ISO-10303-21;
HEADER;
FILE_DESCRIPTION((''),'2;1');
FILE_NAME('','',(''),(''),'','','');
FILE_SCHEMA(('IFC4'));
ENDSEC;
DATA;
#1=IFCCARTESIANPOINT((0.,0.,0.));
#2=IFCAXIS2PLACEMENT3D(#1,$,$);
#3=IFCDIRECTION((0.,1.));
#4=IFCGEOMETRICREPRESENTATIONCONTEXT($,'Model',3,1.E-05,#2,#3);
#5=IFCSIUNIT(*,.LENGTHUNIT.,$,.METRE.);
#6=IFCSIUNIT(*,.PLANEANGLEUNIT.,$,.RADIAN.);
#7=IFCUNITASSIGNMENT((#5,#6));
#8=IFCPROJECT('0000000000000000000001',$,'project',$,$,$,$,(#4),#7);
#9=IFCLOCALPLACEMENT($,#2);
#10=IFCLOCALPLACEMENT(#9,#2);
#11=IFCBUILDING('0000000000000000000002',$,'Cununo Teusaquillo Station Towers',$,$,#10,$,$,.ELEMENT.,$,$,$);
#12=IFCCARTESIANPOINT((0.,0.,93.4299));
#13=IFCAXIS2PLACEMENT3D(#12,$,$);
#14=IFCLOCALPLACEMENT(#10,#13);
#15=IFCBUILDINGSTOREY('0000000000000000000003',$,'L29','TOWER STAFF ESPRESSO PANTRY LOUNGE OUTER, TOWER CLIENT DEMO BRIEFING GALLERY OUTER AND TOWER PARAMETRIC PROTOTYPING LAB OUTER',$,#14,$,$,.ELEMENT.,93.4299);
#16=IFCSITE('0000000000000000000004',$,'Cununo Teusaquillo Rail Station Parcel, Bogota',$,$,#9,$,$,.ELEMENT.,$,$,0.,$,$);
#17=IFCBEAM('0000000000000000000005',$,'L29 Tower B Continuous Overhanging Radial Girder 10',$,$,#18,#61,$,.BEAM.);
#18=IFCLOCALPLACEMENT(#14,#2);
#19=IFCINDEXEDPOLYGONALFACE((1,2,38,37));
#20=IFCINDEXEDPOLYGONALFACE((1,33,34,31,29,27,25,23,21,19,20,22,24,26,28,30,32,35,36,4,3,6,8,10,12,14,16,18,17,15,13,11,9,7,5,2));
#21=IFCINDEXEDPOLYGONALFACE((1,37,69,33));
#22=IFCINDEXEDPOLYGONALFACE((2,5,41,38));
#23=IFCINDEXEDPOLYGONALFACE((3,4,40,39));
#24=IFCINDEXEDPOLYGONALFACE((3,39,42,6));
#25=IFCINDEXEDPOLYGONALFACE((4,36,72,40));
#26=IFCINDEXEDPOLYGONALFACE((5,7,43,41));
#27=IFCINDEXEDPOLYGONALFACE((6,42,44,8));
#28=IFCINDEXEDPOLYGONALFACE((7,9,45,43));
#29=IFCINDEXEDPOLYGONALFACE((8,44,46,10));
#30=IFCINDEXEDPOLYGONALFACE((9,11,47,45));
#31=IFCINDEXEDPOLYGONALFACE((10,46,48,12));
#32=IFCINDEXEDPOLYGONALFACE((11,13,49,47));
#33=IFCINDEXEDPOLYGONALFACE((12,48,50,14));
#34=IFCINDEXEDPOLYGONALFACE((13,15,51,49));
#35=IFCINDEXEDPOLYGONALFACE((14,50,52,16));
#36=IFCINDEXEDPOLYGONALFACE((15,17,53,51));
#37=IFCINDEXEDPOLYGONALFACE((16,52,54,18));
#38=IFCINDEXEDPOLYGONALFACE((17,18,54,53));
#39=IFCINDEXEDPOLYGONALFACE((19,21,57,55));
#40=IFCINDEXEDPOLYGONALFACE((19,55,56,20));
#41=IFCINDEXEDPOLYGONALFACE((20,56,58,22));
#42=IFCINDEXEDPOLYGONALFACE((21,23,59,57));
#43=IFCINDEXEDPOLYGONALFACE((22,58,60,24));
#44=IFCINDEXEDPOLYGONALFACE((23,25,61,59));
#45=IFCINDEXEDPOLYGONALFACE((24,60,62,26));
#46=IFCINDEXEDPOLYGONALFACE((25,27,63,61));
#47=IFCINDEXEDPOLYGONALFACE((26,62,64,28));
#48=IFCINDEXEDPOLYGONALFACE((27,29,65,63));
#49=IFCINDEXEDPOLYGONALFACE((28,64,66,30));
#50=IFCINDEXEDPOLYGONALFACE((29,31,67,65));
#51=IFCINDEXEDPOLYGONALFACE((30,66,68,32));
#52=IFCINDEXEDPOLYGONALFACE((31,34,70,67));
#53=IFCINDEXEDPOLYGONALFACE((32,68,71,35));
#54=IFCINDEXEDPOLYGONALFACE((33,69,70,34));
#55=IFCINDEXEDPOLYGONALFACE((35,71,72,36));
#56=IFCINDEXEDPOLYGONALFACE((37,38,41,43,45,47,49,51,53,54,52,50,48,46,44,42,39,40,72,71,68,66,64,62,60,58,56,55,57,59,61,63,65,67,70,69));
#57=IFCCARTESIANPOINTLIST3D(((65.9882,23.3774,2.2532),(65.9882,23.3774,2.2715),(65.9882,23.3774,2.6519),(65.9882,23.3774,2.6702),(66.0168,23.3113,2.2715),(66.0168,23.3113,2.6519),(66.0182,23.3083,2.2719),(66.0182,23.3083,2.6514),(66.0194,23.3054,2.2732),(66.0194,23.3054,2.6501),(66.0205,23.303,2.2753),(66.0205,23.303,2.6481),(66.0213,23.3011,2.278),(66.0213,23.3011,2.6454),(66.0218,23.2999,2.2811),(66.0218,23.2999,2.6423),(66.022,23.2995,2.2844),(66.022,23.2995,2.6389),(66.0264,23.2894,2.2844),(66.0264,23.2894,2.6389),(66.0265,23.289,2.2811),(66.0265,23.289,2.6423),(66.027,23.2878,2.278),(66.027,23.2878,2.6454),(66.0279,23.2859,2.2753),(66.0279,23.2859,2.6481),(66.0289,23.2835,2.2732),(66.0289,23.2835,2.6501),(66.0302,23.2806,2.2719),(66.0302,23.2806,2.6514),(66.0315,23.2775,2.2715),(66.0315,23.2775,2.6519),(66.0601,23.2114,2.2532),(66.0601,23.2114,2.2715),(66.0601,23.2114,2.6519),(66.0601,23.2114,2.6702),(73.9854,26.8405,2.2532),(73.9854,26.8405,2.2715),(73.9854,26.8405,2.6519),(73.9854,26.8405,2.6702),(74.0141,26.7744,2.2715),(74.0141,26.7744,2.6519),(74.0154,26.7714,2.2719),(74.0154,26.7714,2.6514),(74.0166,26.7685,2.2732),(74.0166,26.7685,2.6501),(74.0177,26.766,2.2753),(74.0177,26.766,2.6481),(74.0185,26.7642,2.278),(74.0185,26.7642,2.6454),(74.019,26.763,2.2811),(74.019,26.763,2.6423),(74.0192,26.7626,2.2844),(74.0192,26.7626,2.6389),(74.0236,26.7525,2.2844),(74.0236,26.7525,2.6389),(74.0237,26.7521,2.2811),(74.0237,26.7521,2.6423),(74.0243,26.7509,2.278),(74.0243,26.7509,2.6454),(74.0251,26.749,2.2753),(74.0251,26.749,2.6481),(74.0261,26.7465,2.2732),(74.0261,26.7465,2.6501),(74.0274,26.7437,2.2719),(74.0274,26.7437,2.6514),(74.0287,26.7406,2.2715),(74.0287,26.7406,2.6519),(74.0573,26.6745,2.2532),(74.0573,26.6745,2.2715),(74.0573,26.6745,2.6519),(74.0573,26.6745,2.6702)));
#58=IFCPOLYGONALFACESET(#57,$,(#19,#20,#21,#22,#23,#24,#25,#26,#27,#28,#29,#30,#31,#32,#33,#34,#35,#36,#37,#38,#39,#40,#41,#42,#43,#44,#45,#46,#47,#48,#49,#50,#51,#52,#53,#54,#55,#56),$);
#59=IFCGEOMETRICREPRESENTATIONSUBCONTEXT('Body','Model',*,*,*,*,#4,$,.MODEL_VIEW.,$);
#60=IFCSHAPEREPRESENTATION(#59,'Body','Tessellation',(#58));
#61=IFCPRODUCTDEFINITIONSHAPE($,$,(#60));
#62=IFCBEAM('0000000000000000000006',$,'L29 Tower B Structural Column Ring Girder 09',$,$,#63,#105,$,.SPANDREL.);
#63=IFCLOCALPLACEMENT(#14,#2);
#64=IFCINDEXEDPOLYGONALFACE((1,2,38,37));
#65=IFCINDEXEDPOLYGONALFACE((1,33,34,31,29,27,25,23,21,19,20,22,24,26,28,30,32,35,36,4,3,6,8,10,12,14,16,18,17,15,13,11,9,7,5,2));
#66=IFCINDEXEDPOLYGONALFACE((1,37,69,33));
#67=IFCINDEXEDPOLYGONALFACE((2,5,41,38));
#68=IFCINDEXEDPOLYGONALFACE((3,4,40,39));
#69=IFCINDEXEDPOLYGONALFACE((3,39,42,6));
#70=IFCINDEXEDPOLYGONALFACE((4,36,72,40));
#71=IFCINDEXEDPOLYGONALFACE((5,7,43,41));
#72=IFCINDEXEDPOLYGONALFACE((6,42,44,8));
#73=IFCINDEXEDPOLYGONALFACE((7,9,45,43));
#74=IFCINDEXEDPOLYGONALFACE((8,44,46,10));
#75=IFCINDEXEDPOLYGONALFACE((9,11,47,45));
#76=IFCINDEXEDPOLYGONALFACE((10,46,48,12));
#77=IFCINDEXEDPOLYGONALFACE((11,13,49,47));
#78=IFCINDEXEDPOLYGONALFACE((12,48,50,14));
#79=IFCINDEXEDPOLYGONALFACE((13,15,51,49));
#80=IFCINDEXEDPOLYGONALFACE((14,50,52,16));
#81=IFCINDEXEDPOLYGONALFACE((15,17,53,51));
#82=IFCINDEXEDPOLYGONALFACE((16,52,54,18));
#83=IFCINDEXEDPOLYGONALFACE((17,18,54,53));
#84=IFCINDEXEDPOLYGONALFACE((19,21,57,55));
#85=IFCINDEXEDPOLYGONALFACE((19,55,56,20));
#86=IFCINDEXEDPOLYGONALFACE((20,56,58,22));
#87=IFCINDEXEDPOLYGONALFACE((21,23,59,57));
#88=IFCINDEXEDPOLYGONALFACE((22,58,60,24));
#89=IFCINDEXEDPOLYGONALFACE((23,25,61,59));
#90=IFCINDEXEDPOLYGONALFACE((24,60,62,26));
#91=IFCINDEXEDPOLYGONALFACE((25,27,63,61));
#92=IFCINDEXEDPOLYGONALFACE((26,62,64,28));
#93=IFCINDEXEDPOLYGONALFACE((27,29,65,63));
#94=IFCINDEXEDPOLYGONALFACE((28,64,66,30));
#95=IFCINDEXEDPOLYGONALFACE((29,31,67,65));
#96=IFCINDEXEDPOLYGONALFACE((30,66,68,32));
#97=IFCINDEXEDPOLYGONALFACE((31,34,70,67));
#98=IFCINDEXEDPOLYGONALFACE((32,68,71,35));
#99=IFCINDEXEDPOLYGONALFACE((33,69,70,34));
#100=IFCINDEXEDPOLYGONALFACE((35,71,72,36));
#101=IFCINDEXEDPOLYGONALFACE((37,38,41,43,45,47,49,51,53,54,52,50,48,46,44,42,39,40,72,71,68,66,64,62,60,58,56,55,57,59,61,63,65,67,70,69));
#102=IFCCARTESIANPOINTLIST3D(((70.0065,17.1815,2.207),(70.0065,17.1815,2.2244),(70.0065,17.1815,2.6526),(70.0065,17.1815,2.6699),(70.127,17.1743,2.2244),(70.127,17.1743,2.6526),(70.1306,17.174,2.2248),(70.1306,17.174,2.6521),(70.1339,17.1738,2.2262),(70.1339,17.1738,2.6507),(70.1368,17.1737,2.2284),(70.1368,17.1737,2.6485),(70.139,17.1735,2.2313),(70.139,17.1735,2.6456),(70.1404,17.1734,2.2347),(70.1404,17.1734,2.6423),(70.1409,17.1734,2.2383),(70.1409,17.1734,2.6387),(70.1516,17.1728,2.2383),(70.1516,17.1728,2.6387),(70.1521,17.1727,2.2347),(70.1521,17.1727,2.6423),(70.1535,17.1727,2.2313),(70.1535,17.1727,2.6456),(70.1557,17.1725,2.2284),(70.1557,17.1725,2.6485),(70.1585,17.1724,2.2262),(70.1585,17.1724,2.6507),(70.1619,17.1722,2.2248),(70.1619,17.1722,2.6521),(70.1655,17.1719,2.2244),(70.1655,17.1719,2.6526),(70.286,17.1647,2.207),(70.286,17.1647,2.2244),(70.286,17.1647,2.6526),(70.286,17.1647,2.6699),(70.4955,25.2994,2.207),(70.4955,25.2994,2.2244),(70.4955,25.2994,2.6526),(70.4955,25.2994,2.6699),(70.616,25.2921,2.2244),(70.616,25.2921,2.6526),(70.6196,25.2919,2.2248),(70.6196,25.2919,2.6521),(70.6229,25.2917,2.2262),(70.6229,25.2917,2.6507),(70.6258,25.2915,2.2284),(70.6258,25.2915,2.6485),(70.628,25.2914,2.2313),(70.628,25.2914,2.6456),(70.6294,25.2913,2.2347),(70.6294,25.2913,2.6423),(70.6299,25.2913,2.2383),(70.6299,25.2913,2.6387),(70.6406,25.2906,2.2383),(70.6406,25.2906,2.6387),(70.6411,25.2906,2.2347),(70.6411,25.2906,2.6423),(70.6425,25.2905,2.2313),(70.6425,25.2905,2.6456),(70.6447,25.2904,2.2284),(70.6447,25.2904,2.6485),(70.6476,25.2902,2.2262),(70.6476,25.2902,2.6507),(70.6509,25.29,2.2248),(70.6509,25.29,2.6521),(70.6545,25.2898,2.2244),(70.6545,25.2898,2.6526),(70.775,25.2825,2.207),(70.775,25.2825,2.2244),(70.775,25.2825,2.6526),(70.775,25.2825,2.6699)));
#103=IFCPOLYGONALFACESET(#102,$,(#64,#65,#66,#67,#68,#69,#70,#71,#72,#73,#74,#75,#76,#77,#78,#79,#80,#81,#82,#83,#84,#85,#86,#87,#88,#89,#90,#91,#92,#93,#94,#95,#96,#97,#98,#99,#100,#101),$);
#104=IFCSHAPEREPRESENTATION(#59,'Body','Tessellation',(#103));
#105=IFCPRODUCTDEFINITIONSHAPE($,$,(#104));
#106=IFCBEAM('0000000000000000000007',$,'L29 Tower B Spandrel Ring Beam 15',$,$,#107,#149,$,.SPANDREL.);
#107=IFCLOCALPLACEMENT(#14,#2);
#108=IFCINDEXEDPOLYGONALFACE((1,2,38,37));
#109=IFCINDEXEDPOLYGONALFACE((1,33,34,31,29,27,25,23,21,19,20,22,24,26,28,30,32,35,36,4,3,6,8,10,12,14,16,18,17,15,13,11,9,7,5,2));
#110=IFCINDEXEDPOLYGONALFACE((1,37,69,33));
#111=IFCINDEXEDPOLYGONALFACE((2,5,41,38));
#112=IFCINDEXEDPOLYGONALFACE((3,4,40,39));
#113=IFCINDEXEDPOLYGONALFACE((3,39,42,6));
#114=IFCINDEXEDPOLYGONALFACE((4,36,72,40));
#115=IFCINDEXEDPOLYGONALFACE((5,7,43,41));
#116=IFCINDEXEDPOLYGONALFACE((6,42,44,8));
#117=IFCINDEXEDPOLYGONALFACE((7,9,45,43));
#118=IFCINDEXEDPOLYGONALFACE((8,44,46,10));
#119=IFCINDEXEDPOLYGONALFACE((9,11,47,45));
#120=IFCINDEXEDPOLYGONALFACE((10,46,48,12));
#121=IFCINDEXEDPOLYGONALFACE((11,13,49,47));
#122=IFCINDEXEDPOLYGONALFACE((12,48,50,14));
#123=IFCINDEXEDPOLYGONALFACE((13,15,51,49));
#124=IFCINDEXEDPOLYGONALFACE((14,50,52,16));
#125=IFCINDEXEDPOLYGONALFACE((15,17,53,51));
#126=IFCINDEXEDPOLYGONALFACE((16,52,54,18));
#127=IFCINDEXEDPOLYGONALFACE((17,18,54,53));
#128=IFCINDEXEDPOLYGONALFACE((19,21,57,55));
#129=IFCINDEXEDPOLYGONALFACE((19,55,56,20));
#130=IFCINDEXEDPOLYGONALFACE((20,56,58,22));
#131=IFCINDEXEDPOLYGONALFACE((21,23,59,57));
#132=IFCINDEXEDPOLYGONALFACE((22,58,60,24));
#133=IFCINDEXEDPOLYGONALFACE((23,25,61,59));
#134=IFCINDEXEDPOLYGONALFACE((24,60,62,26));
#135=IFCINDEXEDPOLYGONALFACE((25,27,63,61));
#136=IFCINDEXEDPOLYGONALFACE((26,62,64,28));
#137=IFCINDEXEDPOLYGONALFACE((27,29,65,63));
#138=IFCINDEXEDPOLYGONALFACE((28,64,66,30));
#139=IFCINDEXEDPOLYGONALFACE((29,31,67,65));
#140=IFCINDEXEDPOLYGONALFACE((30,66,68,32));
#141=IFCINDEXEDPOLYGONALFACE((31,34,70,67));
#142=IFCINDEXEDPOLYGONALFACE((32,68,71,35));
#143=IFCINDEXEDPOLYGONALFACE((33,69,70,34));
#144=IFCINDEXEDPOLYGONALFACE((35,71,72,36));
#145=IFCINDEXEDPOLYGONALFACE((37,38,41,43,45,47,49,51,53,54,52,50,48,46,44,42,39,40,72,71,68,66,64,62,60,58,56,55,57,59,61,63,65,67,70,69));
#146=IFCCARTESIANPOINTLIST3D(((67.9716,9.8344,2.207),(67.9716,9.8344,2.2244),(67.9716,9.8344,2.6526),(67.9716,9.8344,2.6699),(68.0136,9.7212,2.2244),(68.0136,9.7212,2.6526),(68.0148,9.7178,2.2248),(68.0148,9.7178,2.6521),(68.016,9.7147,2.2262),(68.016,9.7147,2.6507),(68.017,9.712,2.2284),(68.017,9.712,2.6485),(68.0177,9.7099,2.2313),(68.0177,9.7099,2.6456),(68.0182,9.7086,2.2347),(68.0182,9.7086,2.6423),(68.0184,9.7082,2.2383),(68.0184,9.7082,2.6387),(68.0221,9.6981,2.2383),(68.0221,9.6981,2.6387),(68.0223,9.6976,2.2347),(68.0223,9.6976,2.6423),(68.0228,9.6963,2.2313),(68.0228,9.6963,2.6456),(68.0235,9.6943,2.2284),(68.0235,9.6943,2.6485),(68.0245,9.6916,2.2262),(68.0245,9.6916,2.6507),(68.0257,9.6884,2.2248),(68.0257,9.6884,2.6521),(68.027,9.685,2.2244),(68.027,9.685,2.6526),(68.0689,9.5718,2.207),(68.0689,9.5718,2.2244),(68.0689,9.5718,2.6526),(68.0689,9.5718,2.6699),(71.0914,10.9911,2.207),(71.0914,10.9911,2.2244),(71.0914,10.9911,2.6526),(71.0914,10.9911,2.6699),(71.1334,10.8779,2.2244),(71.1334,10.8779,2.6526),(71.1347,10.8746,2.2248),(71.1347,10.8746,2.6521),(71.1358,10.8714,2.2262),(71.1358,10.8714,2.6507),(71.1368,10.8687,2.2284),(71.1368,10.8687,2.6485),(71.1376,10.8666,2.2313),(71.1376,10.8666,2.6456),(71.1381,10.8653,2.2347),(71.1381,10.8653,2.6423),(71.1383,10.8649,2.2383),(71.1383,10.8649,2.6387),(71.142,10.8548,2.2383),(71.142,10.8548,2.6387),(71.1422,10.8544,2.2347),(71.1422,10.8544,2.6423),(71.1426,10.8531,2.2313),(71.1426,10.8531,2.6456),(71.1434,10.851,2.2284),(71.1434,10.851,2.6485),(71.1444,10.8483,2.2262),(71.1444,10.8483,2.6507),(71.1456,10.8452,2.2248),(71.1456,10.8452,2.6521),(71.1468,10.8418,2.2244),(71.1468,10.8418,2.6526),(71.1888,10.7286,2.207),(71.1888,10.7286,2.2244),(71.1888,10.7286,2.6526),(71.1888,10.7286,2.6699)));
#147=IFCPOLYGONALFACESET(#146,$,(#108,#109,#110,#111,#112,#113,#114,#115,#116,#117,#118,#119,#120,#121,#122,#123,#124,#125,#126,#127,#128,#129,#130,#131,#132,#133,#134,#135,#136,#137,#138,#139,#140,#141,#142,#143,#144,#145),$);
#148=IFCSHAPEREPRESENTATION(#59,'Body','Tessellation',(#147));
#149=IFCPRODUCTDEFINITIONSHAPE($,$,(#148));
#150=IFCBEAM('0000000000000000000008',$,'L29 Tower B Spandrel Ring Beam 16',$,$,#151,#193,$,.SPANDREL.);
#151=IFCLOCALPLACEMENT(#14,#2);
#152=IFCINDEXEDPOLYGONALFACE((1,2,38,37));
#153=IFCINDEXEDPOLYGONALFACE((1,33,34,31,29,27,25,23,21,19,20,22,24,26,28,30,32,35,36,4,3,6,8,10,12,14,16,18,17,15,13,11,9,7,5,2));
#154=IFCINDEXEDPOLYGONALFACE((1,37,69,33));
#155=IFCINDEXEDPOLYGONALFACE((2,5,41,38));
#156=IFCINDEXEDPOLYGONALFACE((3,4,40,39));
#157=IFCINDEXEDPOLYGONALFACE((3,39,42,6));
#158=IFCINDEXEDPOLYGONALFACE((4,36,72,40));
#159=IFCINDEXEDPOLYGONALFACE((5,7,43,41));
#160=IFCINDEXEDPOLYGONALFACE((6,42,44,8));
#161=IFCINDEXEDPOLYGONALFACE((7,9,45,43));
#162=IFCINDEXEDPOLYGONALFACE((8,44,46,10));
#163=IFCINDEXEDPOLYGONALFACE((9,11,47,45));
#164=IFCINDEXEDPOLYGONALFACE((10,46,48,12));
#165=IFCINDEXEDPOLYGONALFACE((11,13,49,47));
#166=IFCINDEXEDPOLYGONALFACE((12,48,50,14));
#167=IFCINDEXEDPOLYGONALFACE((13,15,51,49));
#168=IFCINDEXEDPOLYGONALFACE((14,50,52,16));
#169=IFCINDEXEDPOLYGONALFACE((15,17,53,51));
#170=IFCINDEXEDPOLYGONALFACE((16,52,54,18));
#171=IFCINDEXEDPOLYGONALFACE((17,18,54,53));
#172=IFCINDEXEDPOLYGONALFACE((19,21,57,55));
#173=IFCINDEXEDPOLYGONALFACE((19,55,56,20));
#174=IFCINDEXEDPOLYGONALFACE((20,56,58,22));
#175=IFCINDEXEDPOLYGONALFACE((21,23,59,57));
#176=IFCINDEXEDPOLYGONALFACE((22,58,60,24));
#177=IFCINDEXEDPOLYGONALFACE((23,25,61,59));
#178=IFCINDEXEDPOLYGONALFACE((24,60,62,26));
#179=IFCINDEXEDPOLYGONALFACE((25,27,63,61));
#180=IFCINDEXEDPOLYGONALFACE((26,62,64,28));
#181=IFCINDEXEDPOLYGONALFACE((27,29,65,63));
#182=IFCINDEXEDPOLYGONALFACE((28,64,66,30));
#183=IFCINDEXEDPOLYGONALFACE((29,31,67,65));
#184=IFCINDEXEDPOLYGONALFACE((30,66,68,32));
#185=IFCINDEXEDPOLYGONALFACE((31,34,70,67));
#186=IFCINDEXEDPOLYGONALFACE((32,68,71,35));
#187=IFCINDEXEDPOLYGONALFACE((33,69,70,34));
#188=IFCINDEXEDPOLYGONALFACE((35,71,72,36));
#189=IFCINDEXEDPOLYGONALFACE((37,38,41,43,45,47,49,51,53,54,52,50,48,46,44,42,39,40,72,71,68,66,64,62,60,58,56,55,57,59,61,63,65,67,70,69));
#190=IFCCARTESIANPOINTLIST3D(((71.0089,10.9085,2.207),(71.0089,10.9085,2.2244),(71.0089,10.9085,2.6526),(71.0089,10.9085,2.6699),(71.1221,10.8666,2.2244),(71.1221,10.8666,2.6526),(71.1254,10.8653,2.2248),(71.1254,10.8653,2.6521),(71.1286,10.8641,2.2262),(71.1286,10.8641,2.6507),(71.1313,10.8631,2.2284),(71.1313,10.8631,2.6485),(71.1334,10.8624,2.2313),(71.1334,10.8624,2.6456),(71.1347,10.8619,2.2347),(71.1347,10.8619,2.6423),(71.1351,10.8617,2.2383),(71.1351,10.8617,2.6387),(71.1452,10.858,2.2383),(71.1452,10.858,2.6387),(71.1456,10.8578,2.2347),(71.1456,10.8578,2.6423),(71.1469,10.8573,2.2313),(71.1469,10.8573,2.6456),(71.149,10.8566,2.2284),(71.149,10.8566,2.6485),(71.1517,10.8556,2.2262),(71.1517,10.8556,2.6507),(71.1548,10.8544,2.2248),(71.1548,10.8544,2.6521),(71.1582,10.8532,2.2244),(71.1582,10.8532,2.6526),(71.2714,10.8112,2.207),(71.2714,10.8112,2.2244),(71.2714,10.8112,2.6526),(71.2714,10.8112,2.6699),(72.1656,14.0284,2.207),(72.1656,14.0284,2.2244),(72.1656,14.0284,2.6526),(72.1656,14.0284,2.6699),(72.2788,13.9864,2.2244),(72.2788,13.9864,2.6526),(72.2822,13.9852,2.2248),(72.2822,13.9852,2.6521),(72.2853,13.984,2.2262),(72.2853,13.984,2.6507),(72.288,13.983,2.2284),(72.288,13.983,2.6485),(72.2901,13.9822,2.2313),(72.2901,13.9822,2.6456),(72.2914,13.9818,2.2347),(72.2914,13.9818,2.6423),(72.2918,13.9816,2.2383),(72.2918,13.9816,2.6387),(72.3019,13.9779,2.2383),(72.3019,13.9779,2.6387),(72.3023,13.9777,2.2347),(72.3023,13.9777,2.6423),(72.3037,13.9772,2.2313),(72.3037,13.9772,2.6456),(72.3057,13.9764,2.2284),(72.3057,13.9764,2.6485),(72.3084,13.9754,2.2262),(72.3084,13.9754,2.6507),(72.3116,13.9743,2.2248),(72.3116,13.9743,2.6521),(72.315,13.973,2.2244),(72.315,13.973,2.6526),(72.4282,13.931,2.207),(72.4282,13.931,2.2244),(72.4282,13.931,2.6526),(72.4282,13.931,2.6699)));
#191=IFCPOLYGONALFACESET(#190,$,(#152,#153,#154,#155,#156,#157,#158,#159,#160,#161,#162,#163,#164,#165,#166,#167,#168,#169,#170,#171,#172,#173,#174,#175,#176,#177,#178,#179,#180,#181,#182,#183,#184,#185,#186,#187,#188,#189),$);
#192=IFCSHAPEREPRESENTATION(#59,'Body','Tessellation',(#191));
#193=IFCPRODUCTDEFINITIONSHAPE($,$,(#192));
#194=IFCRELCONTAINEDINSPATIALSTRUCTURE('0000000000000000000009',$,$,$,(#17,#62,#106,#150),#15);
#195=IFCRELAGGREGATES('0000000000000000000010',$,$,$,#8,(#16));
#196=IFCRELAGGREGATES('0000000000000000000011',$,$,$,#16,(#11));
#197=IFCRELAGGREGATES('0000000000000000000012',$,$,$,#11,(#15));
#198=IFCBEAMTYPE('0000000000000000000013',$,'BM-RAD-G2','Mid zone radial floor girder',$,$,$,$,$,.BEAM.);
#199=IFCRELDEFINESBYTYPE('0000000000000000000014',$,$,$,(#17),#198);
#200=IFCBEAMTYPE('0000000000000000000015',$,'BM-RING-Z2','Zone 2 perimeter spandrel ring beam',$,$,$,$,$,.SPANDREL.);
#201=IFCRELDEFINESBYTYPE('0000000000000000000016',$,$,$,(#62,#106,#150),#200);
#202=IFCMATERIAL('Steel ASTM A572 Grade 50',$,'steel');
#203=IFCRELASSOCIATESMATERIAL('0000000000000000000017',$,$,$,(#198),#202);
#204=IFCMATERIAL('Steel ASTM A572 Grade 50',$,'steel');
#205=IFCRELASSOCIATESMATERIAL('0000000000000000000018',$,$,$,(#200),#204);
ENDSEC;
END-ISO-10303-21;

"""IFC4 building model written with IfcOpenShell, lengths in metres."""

from ifc_helpers import new_model, si_unit, direction, frame, origin, origin_2d, place, context, subcontext, project, spatial, i_section, extrude, material, material_profile, profile_set, type_object, element, save


model = new_model("IFC4")

# Units and contexts
model_context = context("Model", 3, precision=1e-05, world=origin(), true_north=direction((0.0, 1.0)))
body_context = subcontext(model_context, "Body", "Model", "MODEL_VIEW")
ifc_project = project(units=[si_unit("LENGTHUNIT", "METRE"), si_unit("PLANEANGLEUNIT", "RADIAN")], contexts=[model_context])

# Site, building, storey
site_placement = place(None, origin())
site = spatial("IfcSite", under=ifc_project, at=site_placement, Name="Cununo Teusaquillo Rail Station Parcel, Bogota", CompositionType="ELEMENT", RefElevation=0.0)
building_placement = place(site_placement, origin())
building = spatial("IfcBuilding", under=site, at=building_placement, Name="Cununo Teusaquillo Station Towers", CompositionType="ELEMENT")
storey_placement = place(building_placement, frame((0.0, 0.0, 93.4299)))
storey = spatial("IfcBuildingStorey", under=building, at=storey_placement, Name="L29", Description="TOWER STAFF ESPRESSO PANTRY LOUNGE OUTER, TOWER CLIENT DEMO BRIEFING GALLERY OUTER AND TOWER PARAMETRIC PROTOTYPING LAB OUTER", CompositionType="ELEMENT", Elevation=93.4299)

# Beams
ifc_material_1 = material(Name="Steel ASTM A572 Grade 50", Category="steel")
ifc_material_profile_1 = material_profile(ifc_material_1, i_section(OverallWidth=0.1809, OverallDepth=0.417, WebThickness=0.011, FlangeThickness=0.0183, FilletRadius=0.0129, at=origin_2d()), Name="W16X57")
ifc_profile_set_1 = profile_set([ifc_material_profile_1], Name="Steel ASTM A572 Grade 50")
beam_type_1 = type_object("IfcBeamType", Name="BM-RAD-G2", Description="Mid zone radial floor girder", PredefinedType="BEAM", material=ifc_profile_set_1)
beam_1_placement = place(storey_placement, frame((66.0242, 23.2944, 2.4617), z_axis=(0.917655, 0.397379, 0.0), x_axis=(-0.397379, 0.917655, 0.0)))
element("IfcBeam", 1, at=beam_1_placement, inside=storey, type_object=beam_type_1, Name="L29 Tower B Continuous Overhanging Radial Girder 10", PredefinedType="BEAM", context=body_context, shape_type="SweptSolid", body=[
    extrude(i_section(OverallWidth=0.1809, OverallDepth=0.417, WebThickness=0.011, FlangeThickness=0.0183, FilletRadius=0.0129, at=origin_2d()), origin(), (0.0, 0.0, 1.0), 8.7148),
])
ifc_material_2 = material(Name="Steel ASTM A572 Grade 50", Category="steel")
ifc_material_profile_2 = material_profile(ifc_material_2, i_section(OverallWidth=0.28, OverallDepth=0.4629, WebThickness=0.0107, FlangeThickness=0.0173, FilletRadius=0.0139, at=origin_2d()), Name="W18X76")
ifc_profile_set_2 = profile_set([ifc_material_profile_2], Name="Steel ASTM A572 Grade 50")
beam_type_2 = type_object("IfcBeamType", Name="BM-RING-Z2", Description="Zone 2 perimeter spandrel ring beam", PredefinedType="SPANDREL", material=ifc_profile_set_2)
beam_2_placement = place(storey_placement, frame((70.1462, 17.1731, 2.4385), z_axis=(0.06013, 0.998191, 0.0), x_axis=(-0.998191, 0.06013, 0.0)))
element("IfcBeam", 2, at=beam_2_placement, inside=storey, type_object=beam_type_2, Name="L29 Tower B Structural Column Ring Girder 09", PredefinedType="SPANDREL", context=body_context, shape_type="SweptSolid", body=[
    extrude(i_section(OverallWidth=0.28, OverallDepth=0.4629, WebThickness=0.0107, FlangeThickness=0.0173, FilletRadius=0.0139, at=origin_2d()), origin(), (0.0, 0.0, 1.0), 8.1326),
])
for number, where, z_axis, x_axis, name in (
    (3, (68.0203, 9.7031, 2.4385), (0.937628, 0.347639, 0.0), (-0.347639, 0.937628, 0.0), "L29 Tower B Spandrel Ring Beam 15"),
    (4, (71.1401, 10.8599, 2.4385), (0.347639, 0.937628, 0.0), (-0.937628, 0.347639, 0.0), "L29 Tower B Spandrel Ring Beam 16"),
):
    element("IfcBeam", number, at=place(storey_placement, frame(where, z_axis=z_axis, x_axis=x_axis)), inside=storey, type_object=beam_type_2, Name=name, PredefinedType="SPANDREL", context=body_context, shape_type="SweptSolid", body=[
        extrude(i_section(OverallWidth=0.28, OverallDepth=0.4629, WebThickness=0.0107, FlangeThickness=0.0173, FilletRadius=0.0139, at=origin_2d()), origin(), (0.0, 0.0, 1.0), 3.3274),
    ])

save(model, "model.ifc")
